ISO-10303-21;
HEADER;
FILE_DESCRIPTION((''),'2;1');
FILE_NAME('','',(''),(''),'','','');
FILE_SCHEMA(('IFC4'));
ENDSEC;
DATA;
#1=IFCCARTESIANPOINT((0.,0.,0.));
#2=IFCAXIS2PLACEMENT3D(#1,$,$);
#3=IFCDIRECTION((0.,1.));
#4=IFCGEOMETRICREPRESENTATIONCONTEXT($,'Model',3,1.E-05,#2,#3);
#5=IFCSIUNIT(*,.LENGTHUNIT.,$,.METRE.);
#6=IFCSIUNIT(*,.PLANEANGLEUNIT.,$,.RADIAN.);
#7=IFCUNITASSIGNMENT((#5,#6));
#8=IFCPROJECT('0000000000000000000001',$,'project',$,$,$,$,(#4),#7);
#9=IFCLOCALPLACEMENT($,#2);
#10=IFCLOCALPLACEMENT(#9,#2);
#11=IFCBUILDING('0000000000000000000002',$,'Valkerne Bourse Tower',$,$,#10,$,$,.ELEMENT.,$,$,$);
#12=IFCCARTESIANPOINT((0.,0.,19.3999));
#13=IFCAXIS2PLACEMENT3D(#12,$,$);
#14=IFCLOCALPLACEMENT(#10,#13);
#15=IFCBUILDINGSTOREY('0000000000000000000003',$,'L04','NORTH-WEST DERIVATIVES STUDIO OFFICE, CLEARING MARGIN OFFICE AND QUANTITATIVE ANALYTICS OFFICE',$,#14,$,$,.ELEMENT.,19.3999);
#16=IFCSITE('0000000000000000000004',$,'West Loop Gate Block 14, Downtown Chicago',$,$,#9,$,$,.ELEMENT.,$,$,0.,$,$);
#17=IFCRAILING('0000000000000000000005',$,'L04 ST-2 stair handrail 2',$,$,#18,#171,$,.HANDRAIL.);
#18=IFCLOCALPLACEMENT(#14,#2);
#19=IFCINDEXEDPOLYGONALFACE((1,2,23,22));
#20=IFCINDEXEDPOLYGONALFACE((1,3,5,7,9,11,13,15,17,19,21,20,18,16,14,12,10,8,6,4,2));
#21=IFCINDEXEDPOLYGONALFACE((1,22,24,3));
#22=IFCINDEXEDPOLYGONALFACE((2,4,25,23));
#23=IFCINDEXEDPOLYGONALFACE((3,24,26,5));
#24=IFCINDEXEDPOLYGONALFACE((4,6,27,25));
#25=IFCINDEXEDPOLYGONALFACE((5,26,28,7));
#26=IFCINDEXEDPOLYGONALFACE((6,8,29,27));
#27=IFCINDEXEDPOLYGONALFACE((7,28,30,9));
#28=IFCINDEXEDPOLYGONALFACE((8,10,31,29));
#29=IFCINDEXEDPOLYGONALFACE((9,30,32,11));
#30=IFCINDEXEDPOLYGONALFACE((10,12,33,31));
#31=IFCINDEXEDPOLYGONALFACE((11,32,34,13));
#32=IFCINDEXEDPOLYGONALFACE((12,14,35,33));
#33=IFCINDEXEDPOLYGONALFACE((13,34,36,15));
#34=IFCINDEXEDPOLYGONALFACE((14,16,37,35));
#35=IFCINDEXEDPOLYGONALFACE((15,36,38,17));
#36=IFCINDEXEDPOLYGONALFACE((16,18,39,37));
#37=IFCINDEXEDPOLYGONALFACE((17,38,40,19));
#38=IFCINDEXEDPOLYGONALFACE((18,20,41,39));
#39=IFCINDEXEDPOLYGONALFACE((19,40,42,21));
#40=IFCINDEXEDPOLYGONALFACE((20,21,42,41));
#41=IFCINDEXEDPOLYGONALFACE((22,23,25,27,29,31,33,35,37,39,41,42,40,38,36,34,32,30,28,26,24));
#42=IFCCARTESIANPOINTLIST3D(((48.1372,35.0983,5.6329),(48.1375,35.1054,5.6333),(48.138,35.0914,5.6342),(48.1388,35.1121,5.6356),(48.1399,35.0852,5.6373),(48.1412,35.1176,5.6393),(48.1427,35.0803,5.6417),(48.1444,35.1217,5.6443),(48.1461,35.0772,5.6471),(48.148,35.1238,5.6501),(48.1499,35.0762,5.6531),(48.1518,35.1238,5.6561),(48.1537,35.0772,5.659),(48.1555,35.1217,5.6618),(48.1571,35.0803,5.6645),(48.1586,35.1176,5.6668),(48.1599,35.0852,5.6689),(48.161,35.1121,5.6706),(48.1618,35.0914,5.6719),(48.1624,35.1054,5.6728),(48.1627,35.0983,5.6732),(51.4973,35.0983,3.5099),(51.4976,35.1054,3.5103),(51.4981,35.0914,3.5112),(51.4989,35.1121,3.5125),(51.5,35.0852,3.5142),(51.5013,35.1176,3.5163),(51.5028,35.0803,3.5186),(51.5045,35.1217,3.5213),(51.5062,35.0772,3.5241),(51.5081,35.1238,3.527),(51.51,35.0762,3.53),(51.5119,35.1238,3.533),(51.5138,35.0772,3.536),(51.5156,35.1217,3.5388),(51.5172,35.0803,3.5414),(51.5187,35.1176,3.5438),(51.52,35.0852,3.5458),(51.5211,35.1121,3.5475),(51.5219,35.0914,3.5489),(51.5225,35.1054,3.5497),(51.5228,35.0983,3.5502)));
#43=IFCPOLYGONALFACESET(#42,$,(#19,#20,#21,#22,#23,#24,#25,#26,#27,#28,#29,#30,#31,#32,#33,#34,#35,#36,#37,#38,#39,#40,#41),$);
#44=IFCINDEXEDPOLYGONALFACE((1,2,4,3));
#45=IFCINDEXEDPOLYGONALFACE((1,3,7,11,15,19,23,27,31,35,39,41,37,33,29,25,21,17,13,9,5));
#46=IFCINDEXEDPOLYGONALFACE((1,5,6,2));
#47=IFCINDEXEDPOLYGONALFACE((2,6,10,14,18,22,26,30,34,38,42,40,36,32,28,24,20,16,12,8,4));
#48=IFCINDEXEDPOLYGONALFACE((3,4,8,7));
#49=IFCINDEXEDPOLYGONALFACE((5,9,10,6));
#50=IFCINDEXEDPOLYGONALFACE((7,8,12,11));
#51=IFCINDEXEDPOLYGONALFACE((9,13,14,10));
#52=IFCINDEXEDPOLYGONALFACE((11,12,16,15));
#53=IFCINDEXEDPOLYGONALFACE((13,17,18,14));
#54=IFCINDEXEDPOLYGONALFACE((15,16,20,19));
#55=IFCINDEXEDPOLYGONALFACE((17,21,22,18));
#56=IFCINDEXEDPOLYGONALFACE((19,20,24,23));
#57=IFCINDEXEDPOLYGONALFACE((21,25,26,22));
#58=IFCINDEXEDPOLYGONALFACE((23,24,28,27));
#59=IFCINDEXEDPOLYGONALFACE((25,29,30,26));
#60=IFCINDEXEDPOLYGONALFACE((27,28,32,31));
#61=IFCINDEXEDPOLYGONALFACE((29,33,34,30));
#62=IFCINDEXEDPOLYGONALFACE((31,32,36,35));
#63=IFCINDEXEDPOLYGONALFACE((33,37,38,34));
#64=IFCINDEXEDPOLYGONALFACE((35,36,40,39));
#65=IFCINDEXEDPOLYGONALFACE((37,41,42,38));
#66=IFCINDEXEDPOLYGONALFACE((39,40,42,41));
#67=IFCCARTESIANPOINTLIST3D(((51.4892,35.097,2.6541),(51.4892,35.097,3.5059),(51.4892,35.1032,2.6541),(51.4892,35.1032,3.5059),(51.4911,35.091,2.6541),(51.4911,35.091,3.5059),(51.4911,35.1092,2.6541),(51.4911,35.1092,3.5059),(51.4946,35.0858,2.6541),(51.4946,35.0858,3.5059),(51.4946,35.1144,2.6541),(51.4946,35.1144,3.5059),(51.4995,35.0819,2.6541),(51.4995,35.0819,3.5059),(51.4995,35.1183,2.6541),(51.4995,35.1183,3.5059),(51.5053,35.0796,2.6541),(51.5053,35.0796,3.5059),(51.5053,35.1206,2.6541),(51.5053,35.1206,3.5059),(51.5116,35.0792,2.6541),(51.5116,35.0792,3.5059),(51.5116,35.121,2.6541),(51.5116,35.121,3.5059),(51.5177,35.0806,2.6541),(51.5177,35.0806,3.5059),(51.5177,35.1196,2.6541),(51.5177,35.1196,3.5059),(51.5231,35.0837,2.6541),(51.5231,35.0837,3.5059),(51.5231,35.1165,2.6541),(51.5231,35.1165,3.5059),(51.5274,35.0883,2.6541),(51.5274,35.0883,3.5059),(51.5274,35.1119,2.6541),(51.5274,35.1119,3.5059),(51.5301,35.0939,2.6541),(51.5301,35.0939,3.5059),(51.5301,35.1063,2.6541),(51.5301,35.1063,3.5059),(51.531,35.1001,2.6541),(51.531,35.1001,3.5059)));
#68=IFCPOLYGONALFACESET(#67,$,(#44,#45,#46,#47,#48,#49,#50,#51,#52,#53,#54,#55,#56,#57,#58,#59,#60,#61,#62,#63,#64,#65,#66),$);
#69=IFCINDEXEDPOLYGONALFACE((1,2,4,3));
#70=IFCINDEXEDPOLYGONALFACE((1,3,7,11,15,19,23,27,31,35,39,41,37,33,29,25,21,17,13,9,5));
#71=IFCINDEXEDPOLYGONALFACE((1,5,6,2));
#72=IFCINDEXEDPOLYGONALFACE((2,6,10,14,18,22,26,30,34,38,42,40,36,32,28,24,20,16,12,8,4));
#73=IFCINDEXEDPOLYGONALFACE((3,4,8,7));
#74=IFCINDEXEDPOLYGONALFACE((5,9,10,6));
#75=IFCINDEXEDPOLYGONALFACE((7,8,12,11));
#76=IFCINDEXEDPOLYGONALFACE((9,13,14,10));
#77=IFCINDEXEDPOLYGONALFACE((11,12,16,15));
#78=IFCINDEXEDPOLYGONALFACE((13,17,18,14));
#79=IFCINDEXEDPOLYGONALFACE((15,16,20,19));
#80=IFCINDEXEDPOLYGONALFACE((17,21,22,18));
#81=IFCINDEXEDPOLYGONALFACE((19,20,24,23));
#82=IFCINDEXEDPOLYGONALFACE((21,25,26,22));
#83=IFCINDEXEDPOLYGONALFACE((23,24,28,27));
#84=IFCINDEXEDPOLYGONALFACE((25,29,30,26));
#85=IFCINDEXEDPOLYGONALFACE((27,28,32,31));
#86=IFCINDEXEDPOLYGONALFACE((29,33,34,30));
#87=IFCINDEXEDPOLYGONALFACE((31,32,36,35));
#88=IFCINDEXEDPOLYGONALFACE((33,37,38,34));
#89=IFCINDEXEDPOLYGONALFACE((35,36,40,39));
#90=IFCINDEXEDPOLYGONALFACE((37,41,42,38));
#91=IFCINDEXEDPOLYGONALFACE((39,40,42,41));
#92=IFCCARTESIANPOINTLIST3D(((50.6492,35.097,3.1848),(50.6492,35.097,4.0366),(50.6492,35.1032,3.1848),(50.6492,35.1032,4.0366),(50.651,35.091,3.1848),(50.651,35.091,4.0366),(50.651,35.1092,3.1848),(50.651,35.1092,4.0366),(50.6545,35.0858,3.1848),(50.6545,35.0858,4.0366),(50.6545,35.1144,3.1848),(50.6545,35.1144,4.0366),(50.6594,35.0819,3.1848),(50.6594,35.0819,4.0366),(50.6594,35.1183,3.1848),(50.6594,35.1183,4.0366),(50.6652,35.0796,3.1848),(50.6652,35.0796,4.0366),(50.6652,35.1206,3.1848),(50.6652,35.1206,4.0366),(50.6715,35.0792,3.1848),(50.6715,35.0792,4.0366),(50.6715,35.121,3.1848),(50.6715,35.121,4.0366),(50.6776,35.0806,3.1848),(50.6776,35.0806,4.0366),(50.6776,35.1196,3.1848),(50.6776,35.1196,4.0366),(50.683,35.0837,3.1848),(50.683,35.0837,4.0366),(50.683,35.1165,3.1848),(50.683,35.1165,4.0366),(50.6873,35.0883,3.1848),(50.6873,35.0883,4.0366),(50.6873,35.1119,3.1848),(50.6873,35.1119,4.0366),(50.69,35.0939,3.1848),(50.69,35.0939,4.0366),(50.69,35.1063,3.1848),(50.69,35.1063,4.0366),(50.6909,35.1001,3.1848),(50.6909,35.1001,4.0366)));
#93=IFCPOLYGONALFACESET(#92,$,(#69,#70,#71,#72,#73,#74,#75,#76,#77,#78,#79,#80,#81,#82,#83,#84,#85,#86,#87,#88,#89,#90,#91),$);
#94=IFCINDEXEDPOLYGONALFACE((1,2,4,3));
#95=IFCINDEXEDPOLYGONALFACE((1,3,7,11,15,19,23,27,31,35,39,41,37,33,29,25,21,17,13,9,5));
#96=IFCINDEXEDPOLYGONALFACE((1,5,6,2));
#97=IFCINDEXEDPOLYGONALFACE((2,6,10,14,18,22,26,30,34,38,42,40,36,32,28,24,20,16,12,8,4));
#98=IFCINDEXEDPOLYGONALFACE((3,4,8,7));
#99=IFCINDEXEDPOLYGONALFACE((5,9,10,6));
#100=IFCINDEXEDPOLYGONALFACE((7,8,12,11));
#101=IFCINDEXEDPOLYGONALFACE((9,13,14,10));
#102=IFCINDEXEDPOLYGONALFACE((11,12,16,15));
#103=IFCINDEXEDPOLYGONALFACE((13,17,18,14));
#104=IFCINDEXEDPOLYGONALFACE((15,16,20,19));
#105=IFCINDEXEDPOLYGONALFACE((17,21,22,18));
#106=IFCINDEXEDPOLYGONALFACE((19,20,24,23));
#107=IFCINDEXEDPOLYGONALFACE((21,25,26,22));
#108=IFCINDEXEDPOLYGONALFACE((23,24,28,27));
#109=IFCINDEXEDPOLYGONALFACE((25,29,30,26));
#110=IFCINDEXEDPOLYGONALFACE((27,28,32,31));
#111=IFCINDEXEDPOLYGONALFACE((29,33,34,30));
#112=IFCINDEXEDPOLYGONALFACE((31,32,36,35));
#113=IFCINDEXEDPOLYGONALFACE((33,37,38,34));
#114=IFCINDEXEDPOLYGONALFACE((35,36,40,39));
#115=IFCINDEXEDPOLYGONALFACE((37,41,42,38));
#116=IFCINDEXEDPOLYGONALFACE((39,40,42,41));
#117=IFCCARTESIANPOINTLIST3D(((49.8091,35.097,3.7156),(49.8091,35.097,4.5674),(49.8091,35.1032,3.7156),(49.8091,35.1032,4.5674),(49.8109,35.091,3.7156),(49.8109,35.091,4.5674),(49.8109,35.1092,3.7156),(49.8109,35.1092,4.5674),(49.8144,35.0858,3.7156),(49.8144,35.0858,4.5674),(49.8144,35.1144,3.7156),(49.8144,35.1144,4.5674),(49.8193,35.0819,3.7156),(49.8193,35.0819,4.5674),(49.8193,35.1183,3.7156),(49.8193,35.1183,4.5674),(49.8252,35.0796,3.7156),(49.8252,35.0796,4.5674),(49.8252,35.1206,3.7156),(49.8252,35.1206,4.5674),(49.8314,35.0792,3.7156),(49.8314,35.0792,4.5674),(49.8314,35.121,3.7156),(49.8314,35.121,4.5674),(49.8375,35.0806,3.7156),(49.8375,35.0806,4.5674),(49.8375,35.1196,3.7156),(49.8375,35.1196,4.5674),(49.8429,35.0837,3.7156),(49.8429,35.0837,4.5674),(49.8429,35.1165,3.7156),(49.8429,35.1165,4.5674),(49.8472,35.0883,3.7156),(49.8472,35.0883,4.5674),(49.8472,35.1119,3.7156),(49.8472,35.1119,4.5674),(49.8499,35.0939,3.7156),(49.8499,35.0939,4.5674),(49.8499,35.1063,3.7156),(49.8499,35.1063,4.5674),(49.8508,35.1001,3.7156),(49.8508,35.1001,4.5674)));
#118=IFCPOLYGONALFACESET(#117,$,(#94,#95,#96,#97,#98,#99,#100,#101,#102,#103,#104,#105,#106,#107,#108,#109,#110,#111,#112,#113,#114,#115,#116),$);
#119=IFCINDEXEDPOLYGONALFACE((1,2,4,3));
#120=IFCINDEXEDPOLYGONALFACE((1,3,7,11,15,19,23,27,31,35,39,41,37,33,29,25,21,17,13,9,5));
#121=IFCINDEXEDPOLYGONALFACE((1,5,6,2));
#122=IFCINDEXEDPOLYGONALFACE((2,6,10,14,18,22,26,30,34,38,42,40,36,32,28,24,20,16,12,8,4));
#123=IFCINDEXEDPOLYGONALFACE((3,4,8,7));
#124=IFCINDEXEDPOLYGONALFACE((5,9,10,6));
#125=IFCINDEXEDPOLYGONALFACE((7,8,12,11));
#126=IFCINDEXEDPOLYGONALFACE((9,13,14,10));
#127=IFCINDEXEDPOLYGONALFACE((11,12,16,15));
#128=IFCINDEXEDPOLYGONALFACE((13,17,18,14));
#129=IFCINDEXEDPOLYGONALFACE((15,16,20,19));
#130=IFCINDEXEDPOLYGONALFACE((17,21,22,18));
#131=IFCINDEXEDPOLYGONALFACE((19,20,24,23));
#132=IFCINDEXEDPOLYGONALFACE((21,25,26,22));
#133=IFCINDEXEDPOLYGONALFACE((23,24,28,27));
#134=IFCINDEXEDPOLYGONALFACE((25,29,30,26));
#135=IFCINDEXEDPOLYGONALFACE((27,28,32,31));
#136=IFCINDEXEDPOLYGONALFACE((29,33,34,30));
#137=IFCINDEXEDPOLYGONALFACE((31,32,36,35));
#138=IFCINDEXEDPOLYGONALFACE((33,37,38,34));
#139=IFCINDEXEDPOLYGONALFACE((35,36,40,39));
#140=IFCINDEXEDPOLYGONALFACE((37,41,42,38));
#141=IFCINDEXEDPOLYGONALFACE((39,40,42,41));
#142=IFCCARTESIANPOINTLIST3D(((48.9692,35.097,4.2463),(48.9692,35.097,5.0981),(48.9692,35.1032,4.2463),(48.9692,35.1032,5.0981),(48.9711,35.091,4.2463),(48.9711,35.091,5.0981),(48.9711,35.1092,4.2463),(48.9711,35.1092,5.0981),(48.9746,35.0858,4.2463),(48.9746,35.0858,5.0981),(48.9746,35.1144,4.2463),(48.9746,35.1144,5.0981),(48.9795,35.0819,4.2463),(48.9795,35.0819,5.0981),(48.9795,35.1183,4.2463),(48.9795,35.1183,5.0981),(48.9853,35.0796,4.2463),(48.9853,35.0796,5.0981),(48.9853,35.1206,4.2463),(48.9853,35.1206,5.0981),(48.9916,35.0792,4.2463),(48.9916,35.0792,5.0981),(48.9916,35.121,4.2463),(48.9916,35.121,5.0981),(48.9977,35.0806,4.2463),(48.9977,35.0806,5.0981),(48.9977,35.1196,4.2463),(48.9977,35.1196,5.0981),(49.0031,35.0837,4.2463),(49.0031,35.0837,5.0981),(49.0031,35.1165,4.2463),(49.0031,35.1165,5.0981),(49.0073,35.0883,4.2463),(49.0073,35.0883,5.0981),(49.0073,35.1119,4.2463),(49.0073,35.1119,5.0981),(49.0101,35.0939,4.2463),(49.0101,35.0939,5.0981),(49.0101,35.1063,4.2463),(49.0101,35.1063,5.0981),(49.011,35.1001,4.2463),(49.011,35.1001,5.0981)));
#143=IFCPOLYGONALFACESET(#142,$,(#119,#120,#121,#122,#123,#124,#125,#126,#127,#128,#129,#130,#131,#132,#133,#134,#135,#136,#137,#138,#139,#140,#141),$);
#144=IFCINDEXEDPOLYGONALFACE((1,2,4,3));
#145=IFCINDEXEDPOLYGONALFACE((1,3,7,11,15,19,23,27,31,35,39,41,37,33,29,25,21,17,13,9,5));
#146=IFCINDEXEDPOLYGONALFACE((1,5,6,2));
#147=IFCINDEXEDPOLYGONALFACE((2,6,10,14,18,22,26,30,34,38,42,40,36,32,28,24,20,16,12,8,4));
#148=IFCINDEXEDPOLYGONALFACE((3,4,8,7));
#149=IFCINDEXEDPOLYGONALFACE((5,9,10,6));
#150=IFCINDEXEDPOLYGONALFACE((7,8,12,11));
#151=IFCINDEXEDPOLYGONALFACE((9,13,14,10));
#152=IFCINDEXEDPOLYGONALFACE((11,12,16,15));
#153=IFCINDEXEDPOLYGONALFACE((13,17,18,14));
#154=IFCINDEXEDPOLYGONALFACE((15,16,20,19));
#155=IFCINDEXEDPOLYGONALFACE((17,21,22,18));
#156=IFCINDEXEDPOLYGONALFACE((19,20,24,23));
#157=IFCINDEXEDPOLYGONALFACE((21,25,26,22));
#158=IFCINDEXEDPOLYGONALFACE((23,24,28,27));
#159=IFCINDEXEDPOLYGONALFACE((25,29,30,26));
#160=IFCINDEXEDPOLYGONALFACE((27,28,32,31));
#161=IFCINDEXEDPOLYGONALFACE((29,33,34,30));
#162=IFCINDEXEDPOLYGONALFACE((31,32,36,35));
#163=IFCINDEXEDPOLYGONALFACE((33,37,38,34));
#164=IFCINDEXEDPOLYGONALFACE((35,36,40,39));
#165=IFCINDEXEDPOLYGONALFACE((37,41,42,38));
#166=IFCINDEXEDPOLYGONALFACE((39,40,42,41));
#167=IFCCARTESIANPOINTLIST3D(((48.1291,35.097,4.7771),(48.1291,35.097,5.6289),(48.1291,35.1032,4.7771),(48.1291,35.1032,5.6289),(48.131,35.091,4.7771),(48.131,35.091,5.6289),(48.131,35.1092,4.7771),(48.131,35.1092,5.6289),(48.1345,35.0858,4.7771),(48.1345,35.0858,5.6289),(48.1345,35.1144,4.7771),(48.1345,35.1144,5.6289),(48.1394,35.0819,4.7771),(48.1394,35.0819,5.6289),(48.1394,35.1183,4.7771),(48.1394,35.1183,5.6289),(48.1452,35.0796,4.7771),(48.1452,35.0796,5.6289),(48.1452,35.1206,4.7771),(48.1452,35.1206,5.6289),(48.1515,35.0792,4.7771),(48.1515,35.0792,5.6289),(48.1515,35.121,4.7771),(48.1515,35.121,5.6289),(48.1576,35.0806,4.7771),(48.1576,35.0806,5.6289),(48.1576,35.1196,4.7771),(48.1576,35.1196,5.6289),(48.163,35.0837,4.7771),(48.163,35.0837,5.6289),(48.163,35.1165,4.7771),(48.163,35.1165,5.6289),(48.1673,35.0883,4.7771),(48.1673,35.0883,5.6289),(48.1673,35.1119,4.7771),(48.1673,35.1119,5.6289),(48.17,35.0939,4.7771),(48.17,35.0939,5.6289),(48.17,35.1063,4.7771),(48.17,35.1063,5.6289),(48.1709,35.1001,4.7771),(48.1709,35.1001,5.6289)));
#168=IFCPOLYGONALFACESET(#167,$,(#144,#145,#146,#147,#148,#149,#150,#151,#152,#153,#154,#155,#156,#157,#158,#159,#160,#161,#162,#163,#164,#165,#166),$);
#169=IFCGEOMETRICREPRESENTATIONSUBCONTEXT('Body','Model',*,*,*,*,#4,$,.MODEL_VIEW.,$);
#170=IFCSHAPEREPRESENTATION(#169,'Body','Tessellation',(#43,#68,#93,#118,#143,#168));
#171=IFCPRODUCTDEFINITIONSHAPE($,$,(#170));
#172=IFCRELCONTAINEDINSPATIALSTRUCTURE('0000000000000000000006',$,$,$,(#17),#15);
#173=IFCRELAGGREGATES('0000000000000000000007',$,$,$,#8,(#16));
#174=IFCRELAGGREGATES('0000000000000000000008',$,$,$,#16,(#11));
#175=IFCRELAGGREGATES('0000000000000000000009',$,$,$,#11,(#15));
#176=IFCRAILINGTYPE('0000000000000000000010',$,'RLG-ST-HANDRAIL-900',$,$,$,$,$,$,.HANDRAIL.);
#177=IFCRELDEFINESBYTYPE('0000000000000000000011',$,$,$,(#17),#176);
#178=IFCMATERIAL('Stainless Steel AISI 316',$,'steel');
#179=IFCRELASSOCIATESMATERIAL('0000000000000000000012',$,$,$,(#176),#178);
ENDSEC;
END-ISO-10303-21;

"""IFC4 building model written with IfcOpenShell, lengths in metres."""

from ifc_helpers import new_model, si_unit, direction, frame, origin, origin_2d, place, context, subcontext, project, spatial, circle, extrude, material, type_object, element, save


model = new_model("IFC4")

# Units and contexts
model_context = context("Model", 3, precision=1e-05, world=origin(), true_north=direction((0.0, 1.0)))
body_context = subcontext(model_context, "Body", "Model", "MODEL_VIEW")
ifc_project = project(units=[si_unit("LENGTHUNIT", "METRE"), si_unit("PLANEANGLEUNIT", "RADIAN")], contexts=[model_context])

# Site, building, storey
site_placement = place(None, origin())
site = spatial("IfcSite", under=ifc_project, at=site_placement, Name="West Loop Gate Block 14, Downtown Chicago", CompositionType="ELEMENT", RefElevation=0.0)
building_placement = place(site_placement, origin())
building = spatial("IfcBuilding", under=site, at=building_placement, Name="Valkerne Bourse Tower", CompositionType="ELEMENT")
storey_placement = place(building_placement, frame((0.0, 0.0, 19.3999)))
storey = spatial("IfcBuildingStorey", under=building, at=storey_placement, Name="L04", Description="NORTH-WEST DERIVATIVES STUDIO OFFICE, CLEARING MARGIN OFFICE AND QUANTITATIVE ANALYTICS OFFICE", CompositionType="ELEMENT", Elevation=19.3999)

# Railing
ifc_material_1 = material(Name="Stainless Steel AISI 316", Category="steel")
railing_type_1 = type_object("IfcRailingType", Name="RLG-ST-HANDRAIL-900", PredefinedType="HANDRAIL", material=ifc_material_1)
railing_1_placement = place(storey_placement, frame((51.51, 35.1001, 2.6541)))
element("IfcRailing", 1, at=railing_1_placement, inside=storey, type_object=railing_type_1, Name="L04 ST-2 stair handrail 2", PredefinedType="HANDRAIL", context=body_context, shape_type="SweptSolid", body=[
    extrude(circle(Radius=0.0239, at=origin_2d()), frame((0.0, 0.0, 0.876), z_axis=(-0.84539, 0.0, 0.53415), x_axis=(0.0, -1.0, 0.0)), (0.0, 0.0, 1.0), 3.9746),
    extrude(circle(Radius=0.021, at=origin_2d()), origin(), (0.0, 0.0, 1.0), 0.8518),
    extrude(circle(Radius=0.021, at=origin_2d()), frame((-0.8401, 0.0, 0.5308)), (0.0, 0.0, 1.0), 0.8518),
    extrude(circle(Radius=0.021, at=origin_2d()), frame((-1.6802, 0.0, 1.0615)), (0.0, 0.0, 1.0), 0.8518),
    extrude(circle(Radius=0.021, at=origin_2d()), frame((-2.52, 0.0, 1.5923)), (0.0, 0.0, 1.0), 0.8518),
    extrude(circle(Radius=0.021, at=origin_2d()), frame((-3.3601, 0.0, 2.123)), (0.0, 0.0, 1.0), 0.8518),
])

save(model, "model.ifc")
